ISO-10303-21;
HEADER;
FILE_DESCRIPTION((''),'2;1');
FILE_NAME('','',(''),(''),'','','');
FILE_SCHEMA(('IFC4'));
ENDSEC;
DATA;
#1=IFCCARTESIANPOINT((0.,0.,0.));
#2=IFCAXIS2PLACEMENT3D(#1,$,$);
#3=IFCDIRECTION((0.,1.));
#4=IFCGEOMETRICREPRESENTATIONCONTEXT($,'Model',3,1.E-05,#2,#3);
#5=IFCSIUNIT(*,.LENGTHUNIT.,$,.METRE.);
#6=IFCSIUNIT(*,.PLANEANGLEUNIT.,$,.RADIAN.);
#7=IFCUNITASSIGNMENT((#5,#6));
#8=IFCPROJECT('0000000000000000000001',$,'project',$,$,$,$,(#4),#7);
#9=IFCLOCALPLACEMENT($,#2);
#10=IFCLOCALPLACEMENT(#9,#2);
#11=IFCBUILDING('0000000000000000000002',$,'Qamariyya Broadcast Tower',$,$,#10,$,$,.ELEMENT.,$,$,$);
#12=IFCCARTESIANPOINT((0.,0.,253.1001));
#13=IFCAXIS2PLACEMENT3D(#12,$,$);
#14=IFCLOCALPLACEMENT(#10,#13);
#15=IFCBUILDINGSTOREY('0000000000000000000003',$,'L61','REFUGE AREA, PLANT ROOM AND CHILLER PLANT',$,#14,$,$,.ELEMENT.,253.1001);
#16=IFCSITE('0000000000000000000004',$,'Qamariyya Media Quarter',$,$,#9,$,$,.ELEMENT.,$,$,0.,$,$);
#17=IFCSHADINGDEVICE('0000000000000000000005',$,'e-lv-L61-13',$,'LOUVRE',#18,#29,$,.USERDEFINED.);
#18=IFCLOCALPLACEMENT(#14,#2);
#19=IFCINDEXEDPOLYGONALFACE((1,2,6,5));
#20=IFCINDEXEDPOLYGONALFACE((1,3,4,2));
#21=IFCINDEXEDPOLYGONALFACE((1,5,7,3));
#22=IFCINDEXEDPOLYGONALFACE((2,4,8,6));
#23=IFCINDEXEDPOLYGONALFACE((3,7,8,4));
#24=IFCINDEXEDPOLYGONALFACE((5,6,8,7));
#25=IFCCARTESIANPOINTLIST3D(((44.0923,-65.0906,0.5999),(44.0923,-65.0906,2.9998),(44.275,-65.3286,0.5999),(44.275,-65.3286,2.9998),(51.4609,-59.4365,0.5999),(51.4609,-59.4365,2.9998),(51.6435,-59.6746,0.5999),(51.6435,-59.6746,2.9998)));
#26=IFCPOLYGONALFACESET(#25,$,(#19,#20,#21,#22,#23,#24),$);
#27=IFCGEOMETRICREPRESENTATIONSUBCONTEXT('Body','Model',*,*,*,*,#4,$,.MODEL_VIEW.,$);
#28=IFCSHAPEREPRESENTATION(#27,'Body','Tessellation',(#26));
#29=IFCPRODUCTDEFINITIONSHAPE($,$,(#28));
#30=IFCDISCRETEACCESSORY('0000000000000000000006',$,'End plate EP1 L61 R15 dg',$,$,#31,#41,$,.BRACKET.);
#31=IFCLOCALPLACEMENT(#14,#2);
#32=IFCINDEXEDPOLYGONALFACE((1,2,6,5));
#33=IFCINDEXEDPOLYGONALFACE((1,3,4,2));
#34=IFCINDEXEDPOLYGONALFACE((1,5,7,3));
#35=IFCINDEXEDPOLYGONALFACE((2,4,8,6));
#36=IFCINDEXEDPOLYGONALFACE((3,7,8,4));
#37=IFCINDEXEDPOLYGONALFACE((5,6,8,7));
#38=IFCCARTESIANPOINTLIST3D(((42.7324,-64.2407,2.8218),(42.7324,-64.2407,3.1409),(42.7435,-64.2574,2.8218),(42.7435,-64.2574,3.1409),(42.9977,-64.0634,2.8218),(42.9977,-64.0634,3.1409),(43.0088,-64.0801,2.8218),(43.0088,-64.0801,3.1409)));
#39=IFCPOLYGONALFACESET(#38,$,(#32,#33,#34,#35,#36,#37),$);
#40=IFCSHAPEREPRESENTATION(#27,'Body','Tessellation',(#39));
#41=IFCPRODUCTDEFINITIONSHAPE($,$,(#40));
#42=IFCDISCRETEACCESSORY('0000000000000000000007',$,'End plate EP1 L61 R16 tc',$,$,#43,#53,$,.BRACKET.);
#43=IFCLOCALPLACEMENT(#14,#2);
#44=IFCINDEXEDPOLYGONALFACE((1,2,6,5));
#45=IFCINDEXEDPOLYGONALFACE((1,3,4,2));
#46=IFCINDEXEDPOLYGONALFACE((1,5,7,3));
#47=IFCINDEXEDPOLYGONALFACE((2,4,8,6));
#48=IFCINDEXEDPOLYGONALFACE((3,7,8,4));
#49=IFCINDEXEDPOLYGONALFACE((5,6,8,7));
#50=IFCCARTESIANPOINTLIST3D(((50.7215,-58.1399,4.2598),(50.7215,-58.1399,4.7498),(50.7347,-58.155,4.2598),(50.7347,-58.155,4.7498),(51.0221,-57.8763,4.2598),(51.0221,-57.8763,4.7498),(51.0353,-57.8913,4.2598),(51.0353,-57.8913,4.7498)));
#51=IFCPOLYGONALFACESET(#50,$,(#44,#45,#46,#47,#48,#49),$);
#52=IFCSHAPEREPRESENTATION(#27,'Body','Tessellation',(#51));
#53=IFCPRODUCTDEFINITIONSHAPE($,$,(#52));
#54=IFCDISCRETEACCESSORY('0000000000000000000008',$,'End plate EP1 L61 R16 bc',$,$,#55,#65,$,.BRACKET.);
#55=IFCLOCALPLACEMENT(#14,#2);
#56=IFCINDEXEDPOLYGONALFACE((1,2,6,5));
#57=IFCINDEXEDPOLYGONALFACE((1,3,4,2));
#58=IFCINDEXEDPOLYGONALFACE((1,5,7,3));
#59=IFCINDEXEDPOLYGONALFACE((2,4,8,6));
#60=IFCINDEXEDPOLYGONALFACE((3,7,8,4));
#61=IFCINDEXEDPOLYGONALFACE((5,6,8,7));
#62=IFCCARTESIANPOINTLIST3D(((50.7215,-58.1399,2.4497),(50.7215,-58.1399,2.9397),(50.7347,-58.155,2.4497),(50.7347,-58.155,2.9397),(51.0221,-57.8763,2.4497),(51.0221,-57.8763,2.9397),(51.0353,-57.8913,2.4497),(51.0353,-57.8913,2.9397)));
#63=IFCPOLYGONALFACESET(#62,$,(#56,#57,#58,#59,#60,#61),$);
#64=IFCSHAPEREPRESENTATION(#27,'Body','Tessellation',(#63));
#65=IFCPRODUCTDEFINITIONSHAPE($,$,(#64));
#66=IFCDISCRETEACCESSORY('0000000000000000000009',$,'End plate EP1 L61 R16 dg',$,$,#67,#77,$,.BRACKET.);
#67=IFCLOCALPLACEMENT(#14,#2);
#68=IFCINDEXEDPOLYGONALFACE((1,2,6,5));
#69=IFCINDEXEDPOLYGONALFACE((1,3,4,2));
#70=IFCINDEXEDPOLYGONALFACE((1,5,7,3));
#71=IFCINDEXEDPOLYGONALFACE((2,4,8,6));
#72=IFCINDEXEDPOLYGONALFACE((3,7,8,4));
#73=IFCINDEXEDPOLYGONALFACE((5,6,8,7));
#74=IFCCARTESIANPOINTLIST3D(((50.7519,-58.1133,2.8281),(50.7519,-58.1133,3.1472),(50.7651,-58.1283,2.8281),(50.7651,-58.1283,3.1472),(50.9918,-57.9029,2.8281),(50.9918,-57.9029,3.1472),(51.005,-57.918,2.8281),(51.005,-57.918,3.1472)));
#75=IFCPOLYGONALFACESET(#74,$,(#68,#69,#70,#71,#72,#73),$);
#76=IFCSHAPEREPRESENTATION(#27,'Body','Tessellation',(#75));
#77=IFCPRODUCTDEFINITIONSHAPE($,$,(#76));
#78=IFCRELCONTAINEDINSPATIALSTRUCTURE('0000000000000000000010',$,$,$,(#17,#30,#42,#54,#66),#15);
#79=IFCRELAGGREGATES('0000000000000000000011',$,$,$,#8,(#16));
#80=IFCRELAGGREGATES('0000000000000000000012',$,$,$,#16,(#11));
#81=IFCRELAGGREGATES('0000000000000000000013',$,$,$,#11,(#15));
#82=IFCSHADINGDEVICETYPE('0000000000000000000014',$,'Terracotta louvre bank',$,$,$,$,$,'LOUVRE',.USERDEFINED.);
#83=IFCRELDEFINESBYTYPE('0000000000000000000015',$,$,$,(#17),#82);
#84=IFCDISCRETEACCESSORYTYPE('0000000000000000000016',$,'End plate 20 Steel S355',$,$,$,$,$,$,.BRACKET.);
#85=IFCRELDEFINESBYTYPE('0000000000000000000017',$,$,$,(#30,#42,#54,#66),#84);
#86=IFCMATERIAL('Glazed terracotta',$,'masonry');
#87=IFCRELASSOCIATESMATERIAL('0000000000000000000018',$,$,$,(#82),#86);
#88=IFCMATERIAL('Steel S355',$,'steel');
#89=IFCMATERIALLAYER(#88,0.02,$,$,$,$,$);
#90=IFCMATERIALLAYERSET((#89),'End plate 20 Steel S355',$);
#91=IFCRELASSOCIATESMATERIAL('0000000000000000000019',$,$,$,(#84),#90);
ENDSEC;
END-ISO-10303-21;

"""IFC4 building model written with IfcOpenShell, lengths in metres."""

from ifc_helpers import new_model, si_unit, direction, frame, origin, origin_2d, place, context, subcontext, project, spatial, rectangle, extrude, material, layer, layer_set, type_object, element, save


model = new_model("IFC4")

# Units and contexts
model_context = context("Model", 3, precision=1e-05, world=origin(), true_north=direction((0.0, 1.0)))
body_context = subcontext(model_context, "Body", "Model", "MODEL_VIEW")
ifc_project = project(units=[si_unit("LENGTHUNIT", "METRE"), si_unit("PLANEANGLEUNIT", "RADIAN")], contexts=[model_context])

# Site, building, storey
site_placement = place(None, origin())
site = spatial("IfcSite", under=ifc_project, at=site_placement, Name="Qamariyya Media Quarter", CompositionType="ELEMENT", RefElevation=0.0)
building_placement = place(site_placement, origin())
building = spatial("IfcBuilding", under=site, at=building_placement, Name="Qamariyya Broadcast Tower", CompositionType="ELEMENT")
storey_placement = place(building_placement, frame((0.0, 0.0, 253.1001)))
storey = spatial("IfcBuildingStorey", under=building, at=storey_placement, Name="L61", Description="REFUGE AREA, PLANT ROOM AND CHILLER PLANT", CompositionType="ELEMENT", Elevation=253.1001)

# Shared definitions
ifc_material_1 = material(Name="Steel S355", Category="steel")

# Shading device
ifc_material_2 = material(Name="Glazed terracotta", Category="masonry")
shading_device_type = type_object("IfcShadingDeviceType", Name="Terracotta louvre bank", ElementType="LOUVRE", PredefinedType="USERDEFINED", material=ifc_material_2)
shading_device_placement = place(storey_placement, frame((47.8679, -62.3826, 0.5999), z_axis=(0.0, 0.0, 1.0), x_axis=(0.793353, 0.608761, 0.0)))
element("IfcShadingDevice", 1, at=shading_device_placement, inside=storey, type_object=shading_device_type, Name="e-lv-L61-13", ObjectType="LOUVRE", PredefinedType="USERDEFINED", context=body_context, shape_type="SweptSolid", body=[
    extrude(rectangle(XDim=9.2878, YDim=0.3, at=origin_2d()), origin(), (0.0, 0.0, 1.0), 2.3999),
])

# Discrete accessories
ifc_layer_1 = layer(ifc_material_1, 0.02)
ifc_layer_set_1 = layer_set([ifc_layer_1], Name="End plate 20 Steel S355")
discrete_accessory_type = type_object("IfcDiscreteAccessoryType", Name="End plate 20 Steel S355", PredefinedType="BRACKET", material=ifc_layer_set_1)
discrete_accessory_1_placement = place(storey_placement, frame((42.8706, -64.1604, 2.8218), z_axis=(0.0, 0.0, 1.0), x_axis=(-0.83147, -0.55557, 0.0)))
element("IfcDiscreteAccessory", 2, at=discrete_accessory_1_placement, inside=storey, type_object=discrete_accessory_type, Name="End plate EP1 L61 R15 dg", PredefinedType="BRACKET", context=body_context, shape_type="SweptSolid", body=[
    extrude(rectangle(XDim=0.3191, YDim=0.02, at=origin_2d()), origin(), (0.0, 0.0, 1.0), 0.3191),
])
for number, where, z_axis, x_axis, name in (
    (3, (50.8784, -58.0156, 4.2598), (0.0, 0.0, 1.0), (-0.75184, -0.659346, 0.0), "End plate EP1 L61 R16 tc"),
    (4, (50.8784, -58.0156, 2.4497), (0.0, 0.0, 1.0), (-0.75184, -0.659346, 0.0), "End plate EP1 L61 R16 bc"),
):
    element("IfcDiscreteAccessory", number, at=place(storey_placement, frame(where, z_axis=z_axis, x_axis=x_axis)), inside=storey, type_object=discrete_accessory_type, Name=name, PredefinedType="BRACKET", context=body_context, shape_type="SweptSolid", body=[
        extrude(rectangle(XDim=0.3999, YDim=0.02, at=origin_2d()), origin(), (0.0, 0.0, 1.0), 0.49),
    ])
discrete_accessory_2_placement = place(storey_placement, frame((50.8784, -58.0156, 2.8281), z_axis=(0.0, 0.0, 1.0), x_axis=(-0.75184, -0.659346, 0.0)))
element("IfcDiscreteAccessory", 5, at=discrete_accessory_2_placement, inside=storey, type_object=discrete_accessory_type, Name="End plate EP1 L61 R16 dg", PredefinedType="BRACKET", context=body_context, shape_type="SweptSolid", body=[
    extrude(rectangle(XDim=0.3191, YDim=0.02, at=origin_2d()), origin(), (0.0, 0.0, 1.0), 0.3191),
])

save(model, "model.ifc")
